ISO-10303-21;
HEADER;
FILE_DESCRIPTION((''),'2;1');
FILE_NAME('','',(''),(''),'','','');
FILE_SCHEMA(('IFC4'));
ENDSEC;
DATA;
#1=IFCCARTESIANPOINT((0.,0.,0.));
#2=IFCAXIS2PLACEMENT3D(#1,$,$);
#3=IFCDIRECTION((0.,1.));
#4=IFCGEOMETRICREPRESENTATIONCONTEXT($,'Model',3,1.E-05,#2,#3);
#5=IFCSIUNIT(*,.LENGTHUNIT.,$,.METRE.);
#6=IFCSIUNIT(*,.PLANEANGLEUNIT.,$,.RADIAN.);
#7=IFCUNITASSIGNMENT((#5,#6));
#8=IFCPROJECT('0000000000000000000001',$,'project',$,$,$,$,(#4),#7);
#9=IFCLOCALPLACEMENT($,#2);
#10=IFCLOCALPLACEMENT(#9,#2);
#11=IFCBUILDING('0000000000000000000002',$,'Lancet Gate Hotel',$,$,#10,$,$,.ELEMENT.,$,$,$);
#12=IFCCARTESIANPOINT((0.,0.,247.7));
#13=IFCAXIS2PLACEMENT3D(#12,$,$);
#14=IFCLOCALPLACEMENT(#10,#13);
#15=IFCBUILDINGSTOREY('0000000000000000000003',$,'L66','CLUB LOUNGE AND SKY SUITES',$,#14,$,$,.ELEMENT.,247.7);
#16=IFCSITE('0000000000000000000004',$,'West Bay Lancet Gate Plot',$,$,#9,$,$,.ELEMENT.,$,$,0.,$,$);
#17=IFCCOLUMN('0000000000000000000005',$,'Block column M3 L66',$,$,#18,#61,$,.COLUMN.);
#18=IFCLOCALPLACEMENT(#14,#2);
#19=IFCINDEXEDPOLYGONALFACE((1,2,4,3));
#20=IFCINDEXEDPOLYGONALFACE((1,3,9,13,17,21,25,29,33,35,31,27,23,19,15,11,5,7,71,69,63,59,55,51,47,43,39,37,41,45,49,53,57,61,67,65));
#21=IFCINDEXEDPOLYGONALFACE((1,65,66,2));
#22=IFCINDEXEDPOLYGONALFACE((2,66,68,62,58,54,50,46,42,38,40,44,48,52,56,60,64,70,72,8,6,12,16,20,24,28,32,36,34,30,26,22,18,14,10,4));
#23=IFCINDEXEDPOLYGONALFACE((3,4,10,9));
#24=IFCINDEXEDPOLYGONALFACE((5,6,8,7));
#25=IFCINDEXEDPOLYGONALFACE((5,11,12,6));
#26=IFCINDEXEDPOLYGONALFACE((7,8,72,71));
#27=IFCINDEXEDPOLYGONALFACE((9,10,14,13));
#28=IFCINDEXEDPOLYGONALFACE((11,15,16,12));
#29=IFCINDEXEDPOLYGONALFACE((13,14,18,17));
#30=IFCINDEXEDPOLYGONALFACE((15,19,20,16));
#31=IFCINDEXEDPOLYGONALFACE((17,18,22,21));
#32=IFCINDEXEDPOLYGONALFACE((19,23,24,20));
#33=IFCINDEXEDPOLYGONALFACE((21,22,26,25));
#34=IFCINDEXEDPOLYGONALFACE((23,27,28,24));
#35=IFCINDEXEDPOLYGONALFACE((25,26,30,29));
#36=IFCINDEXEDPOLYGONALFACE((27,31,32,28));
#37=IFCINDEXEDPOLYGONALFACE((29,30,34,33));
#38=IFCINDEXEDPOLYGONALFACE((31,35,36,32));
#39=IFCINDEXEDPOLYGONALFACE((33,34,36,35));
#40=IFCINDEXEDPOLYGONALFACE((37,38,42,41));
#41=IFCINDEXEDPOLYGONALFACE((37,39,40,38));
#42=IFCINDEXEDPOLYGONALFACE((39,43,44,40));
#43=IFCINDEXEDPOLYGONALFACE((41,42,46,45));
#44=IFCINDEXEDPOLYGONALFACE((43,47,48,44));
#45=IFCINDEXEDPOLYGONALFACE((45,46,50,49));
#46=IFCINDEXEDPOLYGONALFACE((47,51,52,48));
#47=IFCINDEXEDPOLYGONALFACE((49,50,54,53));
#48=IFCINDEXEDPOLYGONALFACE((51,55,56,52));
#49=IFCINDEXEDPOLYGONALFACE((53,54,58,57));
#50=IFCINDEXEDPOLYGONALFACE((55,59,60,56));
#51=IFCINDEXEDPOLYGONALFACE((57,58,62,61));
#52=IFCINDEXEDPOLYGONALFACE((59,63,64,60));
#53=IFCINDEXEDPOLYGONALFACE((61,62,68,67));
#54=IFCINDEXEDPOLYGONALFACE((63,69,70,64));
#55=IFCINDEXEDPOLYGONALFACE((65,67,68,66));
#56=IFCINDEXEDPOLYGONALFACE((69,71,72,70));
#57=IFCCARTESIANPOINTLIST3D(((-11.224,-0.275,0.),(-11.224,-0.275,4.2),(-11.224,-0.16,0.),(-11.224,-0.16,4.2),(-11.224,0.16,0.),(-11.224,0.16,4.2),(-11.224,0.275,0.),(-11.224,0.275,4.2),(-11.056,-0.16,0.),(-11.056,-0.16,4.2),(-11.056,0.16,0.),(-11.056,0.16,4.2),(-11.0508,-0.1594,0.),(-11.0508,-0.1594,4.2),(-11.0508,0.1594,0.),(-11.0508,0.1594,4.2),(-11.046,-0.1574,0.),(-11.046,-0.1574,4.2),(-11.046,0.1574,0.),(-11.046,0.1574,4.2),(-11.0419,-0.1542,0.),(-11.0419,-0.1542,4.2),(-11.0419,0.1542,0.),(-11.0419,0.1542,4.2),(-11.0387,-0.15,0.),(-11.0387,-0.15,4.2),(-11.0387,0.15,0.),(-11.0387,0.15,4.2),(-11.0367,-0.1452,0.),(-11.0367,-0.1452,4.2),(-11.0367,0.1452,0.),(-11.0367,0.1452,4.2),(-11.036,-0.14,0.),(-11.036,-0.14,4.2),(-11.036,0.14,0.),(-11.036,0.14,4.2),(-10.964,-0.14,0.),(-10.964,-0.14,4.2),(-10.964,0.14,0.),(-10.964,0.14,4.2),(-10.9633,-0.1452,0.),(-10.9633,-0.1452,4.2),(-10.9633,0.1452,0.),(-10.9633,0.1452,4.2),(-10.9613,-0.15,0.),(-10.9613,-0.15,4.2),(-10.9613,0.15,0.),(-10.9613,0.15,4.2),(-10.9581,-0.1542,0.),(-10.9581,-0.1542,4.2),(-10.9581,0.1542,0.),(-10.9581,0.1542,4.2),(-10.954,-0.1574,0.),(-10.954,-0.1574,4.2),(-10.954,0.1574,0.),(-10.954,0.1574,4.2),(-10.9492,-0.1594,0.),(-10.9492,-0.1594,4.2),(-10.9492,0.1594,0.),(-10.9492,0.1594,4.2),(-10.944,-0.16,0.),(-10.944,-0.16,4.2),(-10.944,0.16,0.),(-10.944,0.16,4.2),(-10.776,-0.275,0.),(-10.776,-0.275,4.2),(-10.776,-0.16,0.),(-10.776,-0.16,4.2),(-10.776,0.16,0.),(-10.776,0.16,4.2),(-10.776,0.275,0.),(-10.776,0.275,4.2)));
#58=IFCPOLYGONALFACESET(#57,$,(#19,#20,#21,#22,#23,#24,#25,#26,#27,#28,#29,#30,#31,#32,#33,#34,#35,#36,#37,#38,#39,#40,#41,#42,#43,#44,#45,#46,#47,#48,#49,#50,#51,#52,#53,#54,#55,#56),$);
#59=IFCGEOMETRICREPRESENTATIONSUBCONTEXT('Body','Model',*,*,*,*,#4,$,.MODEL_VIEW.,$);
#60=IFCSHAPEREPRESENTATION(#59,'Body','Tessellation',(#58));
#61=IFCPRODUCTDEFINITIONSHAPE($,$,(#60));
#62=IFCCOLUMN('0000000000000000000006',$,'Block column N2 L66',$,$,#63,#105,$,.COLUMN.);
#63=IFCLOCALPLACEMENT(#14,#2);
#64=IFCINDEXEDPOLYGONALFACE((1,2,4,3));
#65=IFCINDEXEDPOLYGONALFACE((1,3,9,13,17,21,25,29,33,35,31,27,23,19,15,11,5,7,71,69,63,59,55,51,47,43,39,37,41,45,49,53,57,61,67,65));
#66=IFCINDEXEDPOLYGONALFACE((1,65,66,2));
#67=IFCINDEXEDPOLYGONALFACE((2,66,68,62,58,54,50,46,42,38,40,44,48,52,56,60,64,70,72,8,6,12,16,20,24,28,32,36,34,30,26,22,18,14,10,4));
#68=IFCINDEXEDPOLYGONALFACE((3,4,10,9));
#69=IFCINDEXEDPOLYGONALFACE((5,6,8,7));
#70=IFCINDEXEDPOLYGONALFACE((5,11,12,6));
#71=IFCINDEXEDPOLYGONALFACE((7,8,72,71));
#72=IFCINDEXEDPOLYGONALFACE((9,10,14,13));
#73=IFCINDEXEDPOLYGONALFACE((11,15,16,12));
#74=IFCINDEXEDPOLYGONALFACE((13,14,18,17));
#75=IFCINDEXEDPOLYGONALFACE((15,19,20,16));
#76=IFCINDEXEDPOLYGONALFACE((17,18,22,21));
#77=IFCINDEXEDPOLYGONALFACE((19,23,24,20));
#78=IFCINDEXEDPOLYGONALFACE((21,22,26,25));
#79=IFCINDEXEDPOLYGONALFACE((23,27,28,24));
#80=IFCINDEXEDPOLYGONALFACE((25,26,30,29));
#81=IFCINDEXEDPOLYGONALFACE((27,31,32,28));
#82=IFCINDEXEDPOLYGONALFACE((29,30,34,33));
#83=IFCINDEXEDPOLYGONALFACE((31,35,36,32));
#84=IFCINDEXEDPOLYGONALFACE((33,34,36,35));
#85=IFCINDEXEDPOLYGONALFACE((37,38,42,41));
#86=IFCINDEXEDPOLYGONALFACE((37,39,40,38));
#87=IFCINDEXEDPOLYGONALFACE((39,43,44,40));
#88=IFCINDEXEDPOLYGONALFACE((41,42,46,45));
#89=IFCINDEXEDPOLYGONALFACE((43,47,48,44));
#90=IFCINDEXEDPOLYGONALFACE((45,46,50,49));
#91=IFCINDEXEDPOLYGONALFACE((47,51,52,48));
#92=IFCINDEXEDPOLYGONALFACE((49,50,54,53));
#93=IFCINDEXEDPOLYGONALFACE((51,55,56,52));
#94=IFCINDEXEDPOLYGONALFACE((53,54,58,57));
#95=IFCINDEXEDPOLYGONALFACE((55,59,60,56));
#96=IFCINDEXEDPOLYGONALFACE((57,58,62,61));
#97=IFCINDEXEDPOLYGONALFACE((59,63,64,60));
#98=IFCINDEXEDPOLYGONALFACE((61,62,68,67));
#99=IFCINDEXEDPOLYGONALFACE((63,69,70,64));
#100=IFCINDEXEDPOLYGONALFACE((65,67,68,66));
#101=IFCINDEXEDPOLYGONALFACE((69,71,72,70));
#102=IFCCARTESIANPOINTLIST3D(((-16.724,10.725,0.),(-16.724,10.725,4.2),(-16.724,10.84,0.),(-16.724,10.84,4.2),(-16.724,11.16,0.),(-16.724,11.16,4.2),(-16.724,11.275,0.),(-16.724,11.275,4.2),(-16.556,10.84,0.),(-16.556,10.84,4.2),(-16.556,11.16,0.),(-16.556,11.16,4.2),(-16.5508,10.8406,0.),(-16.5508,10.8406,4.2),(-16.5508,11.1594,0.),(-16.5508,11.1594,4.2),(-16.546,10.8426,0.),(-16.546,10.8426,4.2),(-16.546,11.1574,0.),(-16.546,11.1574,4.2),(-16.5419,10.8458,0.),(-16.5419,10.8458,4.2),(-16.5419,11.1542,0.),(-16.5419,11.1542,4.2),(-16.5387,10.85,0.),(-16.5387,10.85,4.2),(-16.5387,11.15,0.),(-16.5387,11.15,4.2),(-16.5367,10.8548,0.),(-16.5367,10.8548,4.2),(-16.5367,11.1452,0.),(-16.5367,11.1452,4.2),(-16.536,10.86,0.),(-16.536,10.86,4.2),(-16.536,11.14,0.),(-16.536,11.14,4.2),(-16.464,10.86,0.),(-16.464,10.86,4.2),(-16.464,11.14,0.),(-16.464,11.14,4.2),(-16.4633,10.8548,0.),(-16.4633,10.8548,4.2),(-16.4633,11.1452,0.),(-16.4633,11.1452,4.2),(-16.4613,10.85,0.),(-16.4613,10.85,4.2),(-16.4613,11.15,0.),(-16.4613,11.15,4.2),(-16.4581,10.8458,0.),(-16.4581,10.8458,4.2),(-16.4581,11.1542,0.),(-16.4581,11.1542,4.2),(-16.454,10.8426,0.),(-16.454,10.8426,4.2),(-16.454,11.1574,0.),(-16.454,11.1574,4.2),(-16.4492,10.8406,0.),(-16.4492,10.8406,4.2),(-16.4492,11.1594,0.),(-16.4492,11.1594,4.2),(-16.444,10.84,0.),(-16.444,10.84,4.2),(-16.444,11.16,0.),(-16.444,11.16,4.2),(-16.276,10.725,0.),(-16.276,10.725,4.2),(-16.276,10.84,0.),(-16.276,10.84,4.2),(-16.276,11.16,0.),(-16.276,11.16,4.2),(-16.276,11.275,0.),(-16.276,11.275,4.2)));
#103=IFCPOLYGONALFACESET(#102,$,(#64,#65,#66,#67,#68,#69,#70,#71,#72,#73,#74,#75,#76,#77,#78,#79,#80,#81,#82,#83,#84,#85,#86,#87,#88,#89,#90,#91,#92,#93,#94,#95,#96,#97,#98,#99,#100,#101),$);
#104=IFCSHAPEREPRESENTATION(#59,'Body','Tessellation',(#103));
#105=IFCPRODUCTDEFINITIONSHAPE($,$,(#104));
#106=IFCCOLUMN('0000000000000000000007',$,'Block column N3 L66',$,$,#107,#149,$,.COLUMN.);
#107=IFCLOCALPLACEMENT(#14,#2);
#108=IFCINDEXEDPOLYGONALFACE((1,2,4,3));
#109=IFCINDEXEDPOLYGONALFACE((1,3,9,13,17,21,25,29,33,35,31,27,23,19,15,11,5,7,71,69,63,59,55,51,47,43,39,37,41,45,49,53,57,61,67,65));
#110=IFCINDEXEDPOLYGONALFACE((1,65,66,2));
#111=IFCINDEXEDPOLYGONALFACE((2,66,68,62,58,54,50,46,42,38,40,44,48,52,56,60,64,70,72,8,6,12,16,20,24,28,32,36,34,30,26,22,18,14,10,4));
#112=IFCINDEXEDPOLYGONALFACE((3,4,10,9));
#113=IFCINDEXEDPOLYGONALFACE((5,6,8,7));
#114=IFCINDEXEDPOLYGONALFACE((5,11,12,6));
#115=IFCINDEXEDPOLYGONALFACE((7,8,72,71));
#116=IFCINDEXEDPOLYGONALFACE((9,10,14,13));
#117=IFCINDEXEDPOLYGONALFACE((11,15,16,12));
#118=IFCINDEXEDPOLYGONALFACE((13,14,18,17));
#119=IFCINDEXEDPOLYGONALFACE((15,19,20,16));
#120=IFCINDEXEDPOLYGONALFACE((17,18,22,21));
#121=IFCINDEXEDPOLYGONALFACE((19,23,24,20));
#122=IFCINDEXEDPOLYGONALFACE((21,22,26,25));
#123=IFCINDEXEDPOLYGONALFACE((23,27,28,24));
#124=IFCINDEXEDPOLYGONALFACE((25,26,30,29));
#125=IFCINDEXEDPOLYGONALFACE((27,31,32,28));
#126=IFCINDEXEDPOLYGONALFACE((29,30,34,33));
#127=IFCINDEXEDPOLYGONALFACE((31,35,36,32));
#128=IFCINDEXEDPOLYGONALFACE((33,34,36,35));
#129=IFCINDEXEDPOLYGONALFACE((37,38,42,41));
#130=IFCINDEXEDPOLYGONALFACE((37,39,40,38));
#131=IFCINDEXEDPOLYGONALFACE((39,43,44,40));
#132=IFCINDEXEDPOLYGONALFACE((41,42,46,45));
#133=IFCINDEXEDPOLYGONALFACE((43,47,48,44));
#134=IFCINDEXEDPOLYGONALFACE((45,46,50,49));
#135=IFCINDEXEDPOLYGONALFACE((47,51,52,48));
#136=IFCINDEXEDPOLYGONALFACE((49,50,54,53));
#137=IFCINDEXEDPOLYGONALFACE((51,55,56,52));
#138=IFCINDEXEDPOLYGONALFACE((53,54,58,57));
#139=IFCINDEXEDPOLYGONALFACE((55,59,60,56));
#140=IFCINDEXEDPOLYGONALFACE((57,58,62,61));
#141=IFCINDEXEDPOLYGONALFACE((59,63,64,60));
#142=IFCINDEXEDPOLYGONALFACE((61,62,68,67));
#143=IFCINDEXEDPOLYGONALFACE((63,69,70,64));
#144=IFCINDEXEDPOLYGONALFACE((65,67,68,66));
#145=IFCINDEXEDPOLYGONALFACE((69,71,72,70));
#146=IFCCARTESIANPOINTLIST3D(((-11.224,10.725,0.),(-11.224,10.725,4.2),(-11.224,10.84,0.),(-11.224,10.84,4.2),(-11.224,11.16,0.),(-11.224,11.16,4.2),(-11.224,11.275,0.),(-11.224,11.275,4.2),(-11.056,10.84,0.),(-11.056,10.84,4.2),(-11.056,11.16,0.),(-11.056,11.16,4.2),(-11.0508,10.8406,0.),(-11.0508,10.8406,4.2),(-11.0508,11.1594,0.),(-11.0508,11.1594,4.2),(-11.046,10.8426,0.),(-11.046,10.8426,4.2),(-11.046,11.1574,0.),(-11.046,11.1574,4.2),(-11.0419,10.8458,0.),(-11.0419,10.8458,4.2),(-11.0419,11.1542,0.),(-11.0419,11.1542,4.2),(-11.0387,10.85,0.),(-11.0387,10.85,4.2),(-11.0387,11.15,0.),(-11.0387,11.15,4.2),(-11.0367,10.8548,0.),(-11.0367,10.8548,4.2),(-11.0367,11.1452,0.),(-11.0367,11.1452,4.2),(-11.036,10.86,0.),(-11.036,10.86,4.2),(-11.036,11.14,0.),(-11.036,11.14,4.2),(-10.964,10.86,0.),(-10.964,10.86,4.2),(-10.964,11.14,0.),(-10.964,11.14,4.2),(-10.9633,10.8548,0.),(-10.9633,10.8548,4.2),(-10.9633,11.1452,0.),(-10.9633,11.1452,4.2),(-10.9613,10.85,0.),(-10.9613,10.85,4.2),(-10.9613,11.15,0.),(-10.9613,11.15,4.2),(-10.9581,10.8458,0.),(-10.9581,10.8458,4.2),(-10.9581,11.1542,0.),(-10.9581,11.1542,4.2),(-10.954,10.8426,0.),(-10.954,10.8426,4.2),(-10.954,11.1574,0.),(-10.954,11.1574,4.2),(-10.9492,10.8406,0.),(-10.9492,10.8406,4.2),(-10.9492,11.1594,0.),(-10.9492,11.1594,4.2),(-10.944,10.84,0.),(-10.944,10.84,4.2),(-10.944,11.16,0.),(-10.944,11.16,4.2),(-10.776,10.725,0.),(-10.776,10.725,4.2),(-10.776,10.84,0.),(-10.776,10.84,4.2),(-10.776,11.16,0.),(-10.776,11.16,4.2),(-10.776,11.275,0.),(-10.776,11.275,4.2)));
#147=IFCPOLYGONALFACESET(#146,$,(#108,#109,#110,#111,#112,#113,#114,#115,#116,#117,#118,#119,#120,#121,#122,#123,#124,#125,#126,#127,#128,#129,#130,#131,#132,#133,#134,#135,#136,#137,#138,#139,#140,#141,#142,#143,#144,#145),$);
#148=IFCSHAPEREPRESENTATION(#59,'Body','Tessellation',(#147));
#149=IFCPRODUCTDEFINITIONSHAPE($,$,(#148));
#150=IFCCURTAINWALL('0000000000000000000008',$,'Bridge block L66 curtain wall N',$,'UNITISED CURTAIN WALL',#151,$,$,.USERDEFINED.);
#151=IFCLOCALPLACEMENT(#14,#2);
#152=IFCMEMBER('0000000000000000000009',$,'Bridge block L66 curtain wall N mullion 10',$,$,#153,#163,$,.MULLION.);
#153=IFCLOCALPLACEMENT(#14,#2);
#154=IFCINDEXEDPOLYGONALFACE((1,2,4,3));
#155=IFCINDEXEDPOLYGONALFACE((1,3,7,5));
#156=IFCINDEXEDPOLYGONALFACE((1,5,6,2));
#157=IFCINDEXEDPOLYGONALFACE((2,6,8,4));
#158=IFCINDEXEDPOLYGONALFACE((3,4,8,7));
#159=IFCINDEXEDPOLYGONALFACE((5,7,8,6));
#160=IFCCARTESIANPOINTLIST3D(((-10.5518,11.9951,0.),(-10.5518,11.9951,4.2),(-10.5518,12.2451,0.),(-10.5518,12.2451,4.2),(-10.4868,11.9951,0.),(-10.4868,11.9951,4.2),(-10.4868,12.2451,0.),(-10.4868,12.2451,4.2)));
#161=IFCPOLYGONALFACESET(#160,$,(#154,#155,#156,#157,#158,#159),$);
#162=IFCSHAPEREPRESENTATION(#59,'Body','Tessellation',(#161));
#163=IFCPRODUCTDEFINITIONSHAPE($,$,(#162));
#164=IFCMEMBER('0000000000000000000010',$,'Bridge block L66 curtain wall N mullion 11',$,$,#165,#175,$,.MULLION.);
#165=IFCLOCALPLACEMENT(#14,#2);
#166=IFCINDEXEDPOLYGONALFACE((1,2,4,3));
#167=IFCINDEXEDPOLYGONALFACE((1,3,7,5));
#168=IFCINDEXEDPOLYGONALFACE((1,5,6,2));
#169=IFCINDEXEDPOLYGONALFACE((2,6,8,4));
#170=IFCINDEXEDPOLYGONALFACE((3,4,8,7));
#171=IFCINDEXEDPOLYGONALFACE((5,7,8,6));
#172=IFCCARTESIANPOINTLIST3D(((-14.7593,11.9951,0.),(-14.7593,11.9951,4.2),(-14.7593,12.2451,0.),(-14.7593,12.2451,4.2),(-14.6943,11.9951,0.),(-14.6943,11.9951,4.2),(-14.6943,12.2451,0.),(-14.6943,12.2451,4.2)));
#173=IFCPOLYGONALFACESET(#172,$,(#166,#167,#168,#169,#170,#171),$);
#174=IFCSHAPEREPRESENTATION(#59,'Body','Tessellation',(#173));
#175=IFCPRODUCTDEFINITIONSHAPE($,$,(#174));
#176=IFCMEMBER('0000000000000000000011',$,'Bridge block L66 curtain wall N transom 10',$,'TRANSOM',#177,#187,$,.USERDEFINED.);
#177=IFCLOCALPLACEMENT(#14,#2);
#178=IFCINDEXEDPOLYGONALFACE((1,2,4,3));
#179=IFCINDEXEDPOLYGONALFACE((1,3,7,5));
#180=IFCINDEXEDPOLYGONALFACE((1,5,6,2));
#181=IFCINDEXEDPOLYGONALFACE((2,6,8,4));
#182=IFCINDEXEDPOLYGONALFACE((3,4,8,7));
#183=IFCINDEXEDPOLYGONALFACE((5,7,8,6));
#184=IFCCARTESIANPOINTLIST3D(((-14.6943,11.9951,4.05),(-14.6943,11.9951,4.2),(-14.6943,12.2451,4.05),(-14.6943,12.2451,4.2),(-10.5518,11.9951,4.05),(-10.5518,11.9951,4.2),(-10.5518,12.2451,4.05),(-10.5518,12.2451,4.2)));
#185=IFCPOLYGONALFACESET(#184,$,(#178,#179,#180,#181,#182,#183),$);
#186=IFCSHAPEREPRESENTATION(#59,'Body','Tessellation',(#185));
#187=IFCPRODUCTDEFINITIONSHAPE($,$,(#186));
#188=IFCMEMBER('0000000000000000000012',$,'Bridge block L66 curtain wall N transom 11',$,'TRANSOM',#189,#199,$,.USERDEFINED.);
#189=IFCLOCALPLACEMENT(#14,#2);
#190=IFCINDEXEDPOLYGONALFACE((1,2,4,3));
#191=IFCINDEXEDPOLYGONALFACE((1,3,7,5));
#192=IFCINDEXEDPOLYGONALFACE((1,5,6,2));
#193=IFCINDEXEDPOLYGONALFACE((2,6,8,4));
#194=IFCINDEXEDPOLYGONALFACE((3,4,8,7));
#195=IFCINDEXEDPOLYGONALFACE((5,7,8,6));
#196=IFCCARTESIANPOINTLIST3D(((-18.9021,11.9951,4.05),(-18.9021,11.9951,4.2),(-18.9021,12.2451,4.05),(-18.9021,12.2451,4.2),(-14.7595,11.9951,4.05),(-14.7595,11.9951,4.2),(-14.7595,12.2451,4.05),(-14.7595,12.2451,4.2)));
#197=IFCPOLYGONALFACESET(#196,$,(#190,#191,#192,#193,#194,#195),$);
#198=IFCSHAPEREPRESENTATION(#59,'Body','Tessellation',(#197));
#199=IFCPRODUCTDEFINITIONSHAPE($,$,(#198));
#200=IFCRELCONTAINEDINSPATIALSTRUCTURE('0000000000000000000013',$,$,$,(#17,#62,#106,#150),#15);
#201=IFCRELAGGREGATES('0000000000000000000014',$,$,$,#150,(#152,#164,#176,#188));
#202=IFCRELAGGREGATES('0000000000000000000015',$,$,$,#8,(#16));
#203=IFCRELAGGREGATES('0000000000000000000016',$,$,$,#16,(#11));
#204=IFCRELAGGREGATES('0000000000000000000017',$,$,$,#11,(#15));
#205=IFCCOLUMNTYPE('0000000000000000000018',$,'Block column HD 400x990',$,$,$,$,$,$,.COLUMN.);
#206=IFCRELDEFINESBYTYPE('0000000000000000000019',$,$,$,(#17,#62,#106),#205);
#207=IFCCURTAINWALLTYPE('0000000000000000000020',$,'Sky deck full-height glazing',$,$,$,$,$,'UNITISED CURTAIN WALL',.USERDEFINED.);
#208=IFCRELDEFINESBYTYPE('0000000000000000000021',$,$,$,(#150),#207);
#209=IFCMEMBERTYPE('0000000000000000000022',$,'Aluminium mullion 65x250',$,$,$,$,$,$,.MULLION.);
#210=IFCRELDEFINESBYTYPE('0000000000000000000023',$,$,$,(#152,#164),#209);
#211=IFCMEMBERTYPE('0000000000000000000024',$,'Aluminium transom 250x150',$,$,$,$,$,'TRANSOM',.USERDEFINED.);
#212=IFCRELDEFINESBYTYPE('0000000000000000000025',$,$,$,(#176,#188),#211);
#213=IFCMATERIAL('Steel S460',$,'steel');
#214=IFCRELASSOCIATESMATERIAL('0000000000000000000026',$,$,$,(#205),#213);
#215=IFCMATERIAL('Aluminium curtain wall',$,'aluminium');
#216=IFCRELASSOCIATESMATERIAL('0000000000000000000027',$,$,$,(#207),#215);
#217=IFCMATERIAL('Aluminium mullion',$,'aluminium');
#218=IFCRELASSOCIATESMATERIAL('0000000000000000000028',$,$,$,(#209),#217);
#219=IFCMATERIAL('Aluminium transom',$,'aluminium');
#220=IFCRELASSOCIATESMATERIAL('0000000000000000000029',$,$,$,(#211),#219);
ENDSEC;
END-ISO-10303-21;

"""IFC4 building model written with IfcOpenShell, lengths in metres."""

from ifc_helpers import new_model, si_unit, direction, frame, origin, origin_2d, place, context, subcontext, project, spatial, rectangle, i_section, extrude, material, material_profile, profile_set, type_object, element, aggregate, save


model = new_model("IFC4")

# Units and contexts
model_context = context("Model", 3, precision=1e-05, world=origin(), true_north=direction((0.0, 1.0)))
body_context = subcontext(model_context, "Body", "Model", "MODEL_VIEW")
ifc_project = project(units=[si_unit("LENGTHUNIT", "METRE"), si_unit("PLANEANGLEUNIT", "RADIAN")], contexts=[model_context])

# Site, building, storey
site_placement = place(None, origin())
site = spatial("IfcSite", under=ifc_project, at=site_placement, Name="West Bay Lancet Gate Plot", CompositionType="ELEMENT", RefElevation=0.0)
building_placement = place(site_placement, origin())
building = spatial("IfcBuilding", under=site, at=building_placement, Name="Lancet Gate Hotel", CompositionType="ELEMENT")
storey_placement = place(building_placement, frame((0.0, 0.0, 247.7)))
storey = spatial("IfcBuildingStorey", under=building, at=storey_placement, Name="L66", Description="CLUB LOUNGE AND SKY SUITES", CompositionType="ELEMENT", Elevation=247.7)

# Columns
ifc_material_1 = material(Name="Steel S460", Category="steel")
ifc_material_profile_1 = material_profile(ifc_material_1, i_section(OverallWidth=0.448, OverallDepth=0.55, WebThickness=0.072, FlangeThickness=0.115, FilletRadius=0.02, at=origin_2d()), Name="HD 400x990")
ifc_profile_set_1 = profile_set([ifc_material_profile_1], Name="Steel S460")
column_type = type_object("IfcColumnType", Name="Block column HD 400x990", PredefinedType="COLUMN", material=ifc_profile_set_1)
for number, where, z_axis, x_axis, name in (
    (1, (-11.0, 0.0, 0.0), (0.0, 0.0, 1.0), (1.0, 0.0, 0.0), "Block column M3 L66"),
    (2, (-16.5, 11.0, 0.0), (0.0, 0.0, 1.0), (1.0, 0.0, 0.0), "Block column N2 L66"),
    (3, (-11.0, 11.0, 0.0), (0.0, 0.0, 1.0), (1.0, 0.0, 0.0), "Block column N3 L66"),
):
    element("IfcColumn", number, at=place(storey_placement, frame(where, z_axis=z_axis, x_axis=x_axis)), inside=storey, type_object=column_type, Name=name, PredefinedType="COLUMN", context=body_context, shape_type="SweptSolid", body=[
        extrude(i_section(OverallWidth=0.448, OverallDepth=0.55, WebThickness=0.072, FlangeThickness=0.115, FilletRadius=0.02, at=origin_2d()), origin(), (0.0, 0.0, 1.0), 4.2),
    ])

# Curtain wall, members
ifc_material_2 = material(Name="Aluminium curtain wall", Category="aluminium")
curtain_wall_type = type_object("IfcCurtainWallType", Name="Sky deck full-height glazing", ElementType="UNITISED CURTAIN WALL", PredefinedType="USERDEFINED", material=ifc_material_2)
curtain_wall_placement = place(storey_placement, origin())
curtain_wall = element("IfcCurtainWall", 4, at=curtain_wall_placement, inside=storey, type_object=curtain_wall_type, Name="Bridge block L66 curtain wall N", ObjectType="UNITISED CURTAIN WALL", PredefinedType="USERDEFINED")
ifc_material_3 = material(Name="Aluminium mullion", Category="aluminium")
ifc_material_profile_2 = material_profile(ifc_material_3, rectangle(XDim=0.0649, YDim=0.25, at=origin_2d()), Name="MULLION 65x250")
ifc_profile_set_2 = profile_set([ifc_material_profile_2], Name="Aluminium mullion")
member_type_1 = type_object("IfcMemberType", Name="Aluminium mullion 65x250", PredefinedType="MULLION", material=ifc_profile_set_2)
member_1_placement = place(storey_placement, frame((-10.5193, 12.1201, 0.0), z_axis=(0.0, 0.0, 1.0), x_axis=(-1.0, 0.0, 0.0)))
member_1 = element("IfcMember", 5, at=member_1_placement, type_object=member_type_1, Name="Bridge block L66 curtain wall N mullion 10", PredefinedType="MULLION", context=body_context, shape_type="SweptSolid", body=[
    extrude(rectangle(XDim=0.0649, YDim=0.25, at=origin_2d()), origin(), (0.0, 0.0, 1.0), 4.2),
])
member_2_placement = place(storey_placement, frame((-14.7268, 12.1201, 0.0), z_axis=(0.0, 0.0, 1.0), x_axis=(-1.0, 0.0, 0.0)))
member_2 = element("IfcMember", 6, at=member_2_placement, type_object=member_type_1, Name="Bridge block L66 curtain wall N mullion 11", PredefinedType="MULLION", context=body_context, shape_type="SweptSolid", body=[
    extrude(rectangle(XDim=0.0649, YDim=0.25, at=origin_2d()), origin(), (0.0, 0.0, 1.0), 4.2),
])
ifc_material_4 = material(Name="Aluminium transom", Category="aluminium")
ifc_material_profile_3 = material_profile(ifc_material_4, rectangle(XDim=0.25, YDim=0.1499, at=origin_2d()), Name="TRANSOM 250x150")
ifc_profile_set_3 = profile_set([ifc_material_profile_3], Name="Aluminium transom")
member_type_2 = type_object("IfcMemberType", Name="Aluminium transom 250x150", ElementType="TRANSOM", PredefinedType="USERDEFINED", material=ifc_profile_set_3)
member_3_placement = place(storey_placement, frame((-10.5518, 12.1201, 4.125), z_axis=(-1.0, 0.0, 0.0), x_axis=(0.0, -1.0, 0.0)))
member_3 = element("IfcMember", 7, at=member_3_placement, type_object=member_type_2, Name="Bridge block L66 curtain wall N transom 10", ObjectType="TRANSOM", PredefinedType="USERDEFINED", context=body_context, shape_type="SweptSolid", body=[
    extrude(rectangle(XDim=0.25, YDim=0.1499, at=origin_2d()), origin(), (0.0, 0.0, 1.0), 4.1426),
])
member_4_placement = place(storey_placement, frame((-14.7595, 12.1201, 4.125), z_axis=(-1.0, 0.0, 0.0), x_axis=(0.0, -1.0, 0.0)))
member_4 = element("IfcMember", 8, at=member_4_placement, type_object=member_type_2, Name="Bridge block L66 curtain wall N transom 11", ObjectType="TRANSOM", PredefinedType="USERDEFINED", context=body_context, shape_type="SweptSolid", body=[
    extrude(rectangle(XDim=0.25, YDim=0.1499, at=origin_2d()), origin(), (0.0, 0.0, 1.0), 4.1426),
])

aggregate(curtain_wall, [member_1, member_2, member_3, member_4])

save(model, "model.ifc")
